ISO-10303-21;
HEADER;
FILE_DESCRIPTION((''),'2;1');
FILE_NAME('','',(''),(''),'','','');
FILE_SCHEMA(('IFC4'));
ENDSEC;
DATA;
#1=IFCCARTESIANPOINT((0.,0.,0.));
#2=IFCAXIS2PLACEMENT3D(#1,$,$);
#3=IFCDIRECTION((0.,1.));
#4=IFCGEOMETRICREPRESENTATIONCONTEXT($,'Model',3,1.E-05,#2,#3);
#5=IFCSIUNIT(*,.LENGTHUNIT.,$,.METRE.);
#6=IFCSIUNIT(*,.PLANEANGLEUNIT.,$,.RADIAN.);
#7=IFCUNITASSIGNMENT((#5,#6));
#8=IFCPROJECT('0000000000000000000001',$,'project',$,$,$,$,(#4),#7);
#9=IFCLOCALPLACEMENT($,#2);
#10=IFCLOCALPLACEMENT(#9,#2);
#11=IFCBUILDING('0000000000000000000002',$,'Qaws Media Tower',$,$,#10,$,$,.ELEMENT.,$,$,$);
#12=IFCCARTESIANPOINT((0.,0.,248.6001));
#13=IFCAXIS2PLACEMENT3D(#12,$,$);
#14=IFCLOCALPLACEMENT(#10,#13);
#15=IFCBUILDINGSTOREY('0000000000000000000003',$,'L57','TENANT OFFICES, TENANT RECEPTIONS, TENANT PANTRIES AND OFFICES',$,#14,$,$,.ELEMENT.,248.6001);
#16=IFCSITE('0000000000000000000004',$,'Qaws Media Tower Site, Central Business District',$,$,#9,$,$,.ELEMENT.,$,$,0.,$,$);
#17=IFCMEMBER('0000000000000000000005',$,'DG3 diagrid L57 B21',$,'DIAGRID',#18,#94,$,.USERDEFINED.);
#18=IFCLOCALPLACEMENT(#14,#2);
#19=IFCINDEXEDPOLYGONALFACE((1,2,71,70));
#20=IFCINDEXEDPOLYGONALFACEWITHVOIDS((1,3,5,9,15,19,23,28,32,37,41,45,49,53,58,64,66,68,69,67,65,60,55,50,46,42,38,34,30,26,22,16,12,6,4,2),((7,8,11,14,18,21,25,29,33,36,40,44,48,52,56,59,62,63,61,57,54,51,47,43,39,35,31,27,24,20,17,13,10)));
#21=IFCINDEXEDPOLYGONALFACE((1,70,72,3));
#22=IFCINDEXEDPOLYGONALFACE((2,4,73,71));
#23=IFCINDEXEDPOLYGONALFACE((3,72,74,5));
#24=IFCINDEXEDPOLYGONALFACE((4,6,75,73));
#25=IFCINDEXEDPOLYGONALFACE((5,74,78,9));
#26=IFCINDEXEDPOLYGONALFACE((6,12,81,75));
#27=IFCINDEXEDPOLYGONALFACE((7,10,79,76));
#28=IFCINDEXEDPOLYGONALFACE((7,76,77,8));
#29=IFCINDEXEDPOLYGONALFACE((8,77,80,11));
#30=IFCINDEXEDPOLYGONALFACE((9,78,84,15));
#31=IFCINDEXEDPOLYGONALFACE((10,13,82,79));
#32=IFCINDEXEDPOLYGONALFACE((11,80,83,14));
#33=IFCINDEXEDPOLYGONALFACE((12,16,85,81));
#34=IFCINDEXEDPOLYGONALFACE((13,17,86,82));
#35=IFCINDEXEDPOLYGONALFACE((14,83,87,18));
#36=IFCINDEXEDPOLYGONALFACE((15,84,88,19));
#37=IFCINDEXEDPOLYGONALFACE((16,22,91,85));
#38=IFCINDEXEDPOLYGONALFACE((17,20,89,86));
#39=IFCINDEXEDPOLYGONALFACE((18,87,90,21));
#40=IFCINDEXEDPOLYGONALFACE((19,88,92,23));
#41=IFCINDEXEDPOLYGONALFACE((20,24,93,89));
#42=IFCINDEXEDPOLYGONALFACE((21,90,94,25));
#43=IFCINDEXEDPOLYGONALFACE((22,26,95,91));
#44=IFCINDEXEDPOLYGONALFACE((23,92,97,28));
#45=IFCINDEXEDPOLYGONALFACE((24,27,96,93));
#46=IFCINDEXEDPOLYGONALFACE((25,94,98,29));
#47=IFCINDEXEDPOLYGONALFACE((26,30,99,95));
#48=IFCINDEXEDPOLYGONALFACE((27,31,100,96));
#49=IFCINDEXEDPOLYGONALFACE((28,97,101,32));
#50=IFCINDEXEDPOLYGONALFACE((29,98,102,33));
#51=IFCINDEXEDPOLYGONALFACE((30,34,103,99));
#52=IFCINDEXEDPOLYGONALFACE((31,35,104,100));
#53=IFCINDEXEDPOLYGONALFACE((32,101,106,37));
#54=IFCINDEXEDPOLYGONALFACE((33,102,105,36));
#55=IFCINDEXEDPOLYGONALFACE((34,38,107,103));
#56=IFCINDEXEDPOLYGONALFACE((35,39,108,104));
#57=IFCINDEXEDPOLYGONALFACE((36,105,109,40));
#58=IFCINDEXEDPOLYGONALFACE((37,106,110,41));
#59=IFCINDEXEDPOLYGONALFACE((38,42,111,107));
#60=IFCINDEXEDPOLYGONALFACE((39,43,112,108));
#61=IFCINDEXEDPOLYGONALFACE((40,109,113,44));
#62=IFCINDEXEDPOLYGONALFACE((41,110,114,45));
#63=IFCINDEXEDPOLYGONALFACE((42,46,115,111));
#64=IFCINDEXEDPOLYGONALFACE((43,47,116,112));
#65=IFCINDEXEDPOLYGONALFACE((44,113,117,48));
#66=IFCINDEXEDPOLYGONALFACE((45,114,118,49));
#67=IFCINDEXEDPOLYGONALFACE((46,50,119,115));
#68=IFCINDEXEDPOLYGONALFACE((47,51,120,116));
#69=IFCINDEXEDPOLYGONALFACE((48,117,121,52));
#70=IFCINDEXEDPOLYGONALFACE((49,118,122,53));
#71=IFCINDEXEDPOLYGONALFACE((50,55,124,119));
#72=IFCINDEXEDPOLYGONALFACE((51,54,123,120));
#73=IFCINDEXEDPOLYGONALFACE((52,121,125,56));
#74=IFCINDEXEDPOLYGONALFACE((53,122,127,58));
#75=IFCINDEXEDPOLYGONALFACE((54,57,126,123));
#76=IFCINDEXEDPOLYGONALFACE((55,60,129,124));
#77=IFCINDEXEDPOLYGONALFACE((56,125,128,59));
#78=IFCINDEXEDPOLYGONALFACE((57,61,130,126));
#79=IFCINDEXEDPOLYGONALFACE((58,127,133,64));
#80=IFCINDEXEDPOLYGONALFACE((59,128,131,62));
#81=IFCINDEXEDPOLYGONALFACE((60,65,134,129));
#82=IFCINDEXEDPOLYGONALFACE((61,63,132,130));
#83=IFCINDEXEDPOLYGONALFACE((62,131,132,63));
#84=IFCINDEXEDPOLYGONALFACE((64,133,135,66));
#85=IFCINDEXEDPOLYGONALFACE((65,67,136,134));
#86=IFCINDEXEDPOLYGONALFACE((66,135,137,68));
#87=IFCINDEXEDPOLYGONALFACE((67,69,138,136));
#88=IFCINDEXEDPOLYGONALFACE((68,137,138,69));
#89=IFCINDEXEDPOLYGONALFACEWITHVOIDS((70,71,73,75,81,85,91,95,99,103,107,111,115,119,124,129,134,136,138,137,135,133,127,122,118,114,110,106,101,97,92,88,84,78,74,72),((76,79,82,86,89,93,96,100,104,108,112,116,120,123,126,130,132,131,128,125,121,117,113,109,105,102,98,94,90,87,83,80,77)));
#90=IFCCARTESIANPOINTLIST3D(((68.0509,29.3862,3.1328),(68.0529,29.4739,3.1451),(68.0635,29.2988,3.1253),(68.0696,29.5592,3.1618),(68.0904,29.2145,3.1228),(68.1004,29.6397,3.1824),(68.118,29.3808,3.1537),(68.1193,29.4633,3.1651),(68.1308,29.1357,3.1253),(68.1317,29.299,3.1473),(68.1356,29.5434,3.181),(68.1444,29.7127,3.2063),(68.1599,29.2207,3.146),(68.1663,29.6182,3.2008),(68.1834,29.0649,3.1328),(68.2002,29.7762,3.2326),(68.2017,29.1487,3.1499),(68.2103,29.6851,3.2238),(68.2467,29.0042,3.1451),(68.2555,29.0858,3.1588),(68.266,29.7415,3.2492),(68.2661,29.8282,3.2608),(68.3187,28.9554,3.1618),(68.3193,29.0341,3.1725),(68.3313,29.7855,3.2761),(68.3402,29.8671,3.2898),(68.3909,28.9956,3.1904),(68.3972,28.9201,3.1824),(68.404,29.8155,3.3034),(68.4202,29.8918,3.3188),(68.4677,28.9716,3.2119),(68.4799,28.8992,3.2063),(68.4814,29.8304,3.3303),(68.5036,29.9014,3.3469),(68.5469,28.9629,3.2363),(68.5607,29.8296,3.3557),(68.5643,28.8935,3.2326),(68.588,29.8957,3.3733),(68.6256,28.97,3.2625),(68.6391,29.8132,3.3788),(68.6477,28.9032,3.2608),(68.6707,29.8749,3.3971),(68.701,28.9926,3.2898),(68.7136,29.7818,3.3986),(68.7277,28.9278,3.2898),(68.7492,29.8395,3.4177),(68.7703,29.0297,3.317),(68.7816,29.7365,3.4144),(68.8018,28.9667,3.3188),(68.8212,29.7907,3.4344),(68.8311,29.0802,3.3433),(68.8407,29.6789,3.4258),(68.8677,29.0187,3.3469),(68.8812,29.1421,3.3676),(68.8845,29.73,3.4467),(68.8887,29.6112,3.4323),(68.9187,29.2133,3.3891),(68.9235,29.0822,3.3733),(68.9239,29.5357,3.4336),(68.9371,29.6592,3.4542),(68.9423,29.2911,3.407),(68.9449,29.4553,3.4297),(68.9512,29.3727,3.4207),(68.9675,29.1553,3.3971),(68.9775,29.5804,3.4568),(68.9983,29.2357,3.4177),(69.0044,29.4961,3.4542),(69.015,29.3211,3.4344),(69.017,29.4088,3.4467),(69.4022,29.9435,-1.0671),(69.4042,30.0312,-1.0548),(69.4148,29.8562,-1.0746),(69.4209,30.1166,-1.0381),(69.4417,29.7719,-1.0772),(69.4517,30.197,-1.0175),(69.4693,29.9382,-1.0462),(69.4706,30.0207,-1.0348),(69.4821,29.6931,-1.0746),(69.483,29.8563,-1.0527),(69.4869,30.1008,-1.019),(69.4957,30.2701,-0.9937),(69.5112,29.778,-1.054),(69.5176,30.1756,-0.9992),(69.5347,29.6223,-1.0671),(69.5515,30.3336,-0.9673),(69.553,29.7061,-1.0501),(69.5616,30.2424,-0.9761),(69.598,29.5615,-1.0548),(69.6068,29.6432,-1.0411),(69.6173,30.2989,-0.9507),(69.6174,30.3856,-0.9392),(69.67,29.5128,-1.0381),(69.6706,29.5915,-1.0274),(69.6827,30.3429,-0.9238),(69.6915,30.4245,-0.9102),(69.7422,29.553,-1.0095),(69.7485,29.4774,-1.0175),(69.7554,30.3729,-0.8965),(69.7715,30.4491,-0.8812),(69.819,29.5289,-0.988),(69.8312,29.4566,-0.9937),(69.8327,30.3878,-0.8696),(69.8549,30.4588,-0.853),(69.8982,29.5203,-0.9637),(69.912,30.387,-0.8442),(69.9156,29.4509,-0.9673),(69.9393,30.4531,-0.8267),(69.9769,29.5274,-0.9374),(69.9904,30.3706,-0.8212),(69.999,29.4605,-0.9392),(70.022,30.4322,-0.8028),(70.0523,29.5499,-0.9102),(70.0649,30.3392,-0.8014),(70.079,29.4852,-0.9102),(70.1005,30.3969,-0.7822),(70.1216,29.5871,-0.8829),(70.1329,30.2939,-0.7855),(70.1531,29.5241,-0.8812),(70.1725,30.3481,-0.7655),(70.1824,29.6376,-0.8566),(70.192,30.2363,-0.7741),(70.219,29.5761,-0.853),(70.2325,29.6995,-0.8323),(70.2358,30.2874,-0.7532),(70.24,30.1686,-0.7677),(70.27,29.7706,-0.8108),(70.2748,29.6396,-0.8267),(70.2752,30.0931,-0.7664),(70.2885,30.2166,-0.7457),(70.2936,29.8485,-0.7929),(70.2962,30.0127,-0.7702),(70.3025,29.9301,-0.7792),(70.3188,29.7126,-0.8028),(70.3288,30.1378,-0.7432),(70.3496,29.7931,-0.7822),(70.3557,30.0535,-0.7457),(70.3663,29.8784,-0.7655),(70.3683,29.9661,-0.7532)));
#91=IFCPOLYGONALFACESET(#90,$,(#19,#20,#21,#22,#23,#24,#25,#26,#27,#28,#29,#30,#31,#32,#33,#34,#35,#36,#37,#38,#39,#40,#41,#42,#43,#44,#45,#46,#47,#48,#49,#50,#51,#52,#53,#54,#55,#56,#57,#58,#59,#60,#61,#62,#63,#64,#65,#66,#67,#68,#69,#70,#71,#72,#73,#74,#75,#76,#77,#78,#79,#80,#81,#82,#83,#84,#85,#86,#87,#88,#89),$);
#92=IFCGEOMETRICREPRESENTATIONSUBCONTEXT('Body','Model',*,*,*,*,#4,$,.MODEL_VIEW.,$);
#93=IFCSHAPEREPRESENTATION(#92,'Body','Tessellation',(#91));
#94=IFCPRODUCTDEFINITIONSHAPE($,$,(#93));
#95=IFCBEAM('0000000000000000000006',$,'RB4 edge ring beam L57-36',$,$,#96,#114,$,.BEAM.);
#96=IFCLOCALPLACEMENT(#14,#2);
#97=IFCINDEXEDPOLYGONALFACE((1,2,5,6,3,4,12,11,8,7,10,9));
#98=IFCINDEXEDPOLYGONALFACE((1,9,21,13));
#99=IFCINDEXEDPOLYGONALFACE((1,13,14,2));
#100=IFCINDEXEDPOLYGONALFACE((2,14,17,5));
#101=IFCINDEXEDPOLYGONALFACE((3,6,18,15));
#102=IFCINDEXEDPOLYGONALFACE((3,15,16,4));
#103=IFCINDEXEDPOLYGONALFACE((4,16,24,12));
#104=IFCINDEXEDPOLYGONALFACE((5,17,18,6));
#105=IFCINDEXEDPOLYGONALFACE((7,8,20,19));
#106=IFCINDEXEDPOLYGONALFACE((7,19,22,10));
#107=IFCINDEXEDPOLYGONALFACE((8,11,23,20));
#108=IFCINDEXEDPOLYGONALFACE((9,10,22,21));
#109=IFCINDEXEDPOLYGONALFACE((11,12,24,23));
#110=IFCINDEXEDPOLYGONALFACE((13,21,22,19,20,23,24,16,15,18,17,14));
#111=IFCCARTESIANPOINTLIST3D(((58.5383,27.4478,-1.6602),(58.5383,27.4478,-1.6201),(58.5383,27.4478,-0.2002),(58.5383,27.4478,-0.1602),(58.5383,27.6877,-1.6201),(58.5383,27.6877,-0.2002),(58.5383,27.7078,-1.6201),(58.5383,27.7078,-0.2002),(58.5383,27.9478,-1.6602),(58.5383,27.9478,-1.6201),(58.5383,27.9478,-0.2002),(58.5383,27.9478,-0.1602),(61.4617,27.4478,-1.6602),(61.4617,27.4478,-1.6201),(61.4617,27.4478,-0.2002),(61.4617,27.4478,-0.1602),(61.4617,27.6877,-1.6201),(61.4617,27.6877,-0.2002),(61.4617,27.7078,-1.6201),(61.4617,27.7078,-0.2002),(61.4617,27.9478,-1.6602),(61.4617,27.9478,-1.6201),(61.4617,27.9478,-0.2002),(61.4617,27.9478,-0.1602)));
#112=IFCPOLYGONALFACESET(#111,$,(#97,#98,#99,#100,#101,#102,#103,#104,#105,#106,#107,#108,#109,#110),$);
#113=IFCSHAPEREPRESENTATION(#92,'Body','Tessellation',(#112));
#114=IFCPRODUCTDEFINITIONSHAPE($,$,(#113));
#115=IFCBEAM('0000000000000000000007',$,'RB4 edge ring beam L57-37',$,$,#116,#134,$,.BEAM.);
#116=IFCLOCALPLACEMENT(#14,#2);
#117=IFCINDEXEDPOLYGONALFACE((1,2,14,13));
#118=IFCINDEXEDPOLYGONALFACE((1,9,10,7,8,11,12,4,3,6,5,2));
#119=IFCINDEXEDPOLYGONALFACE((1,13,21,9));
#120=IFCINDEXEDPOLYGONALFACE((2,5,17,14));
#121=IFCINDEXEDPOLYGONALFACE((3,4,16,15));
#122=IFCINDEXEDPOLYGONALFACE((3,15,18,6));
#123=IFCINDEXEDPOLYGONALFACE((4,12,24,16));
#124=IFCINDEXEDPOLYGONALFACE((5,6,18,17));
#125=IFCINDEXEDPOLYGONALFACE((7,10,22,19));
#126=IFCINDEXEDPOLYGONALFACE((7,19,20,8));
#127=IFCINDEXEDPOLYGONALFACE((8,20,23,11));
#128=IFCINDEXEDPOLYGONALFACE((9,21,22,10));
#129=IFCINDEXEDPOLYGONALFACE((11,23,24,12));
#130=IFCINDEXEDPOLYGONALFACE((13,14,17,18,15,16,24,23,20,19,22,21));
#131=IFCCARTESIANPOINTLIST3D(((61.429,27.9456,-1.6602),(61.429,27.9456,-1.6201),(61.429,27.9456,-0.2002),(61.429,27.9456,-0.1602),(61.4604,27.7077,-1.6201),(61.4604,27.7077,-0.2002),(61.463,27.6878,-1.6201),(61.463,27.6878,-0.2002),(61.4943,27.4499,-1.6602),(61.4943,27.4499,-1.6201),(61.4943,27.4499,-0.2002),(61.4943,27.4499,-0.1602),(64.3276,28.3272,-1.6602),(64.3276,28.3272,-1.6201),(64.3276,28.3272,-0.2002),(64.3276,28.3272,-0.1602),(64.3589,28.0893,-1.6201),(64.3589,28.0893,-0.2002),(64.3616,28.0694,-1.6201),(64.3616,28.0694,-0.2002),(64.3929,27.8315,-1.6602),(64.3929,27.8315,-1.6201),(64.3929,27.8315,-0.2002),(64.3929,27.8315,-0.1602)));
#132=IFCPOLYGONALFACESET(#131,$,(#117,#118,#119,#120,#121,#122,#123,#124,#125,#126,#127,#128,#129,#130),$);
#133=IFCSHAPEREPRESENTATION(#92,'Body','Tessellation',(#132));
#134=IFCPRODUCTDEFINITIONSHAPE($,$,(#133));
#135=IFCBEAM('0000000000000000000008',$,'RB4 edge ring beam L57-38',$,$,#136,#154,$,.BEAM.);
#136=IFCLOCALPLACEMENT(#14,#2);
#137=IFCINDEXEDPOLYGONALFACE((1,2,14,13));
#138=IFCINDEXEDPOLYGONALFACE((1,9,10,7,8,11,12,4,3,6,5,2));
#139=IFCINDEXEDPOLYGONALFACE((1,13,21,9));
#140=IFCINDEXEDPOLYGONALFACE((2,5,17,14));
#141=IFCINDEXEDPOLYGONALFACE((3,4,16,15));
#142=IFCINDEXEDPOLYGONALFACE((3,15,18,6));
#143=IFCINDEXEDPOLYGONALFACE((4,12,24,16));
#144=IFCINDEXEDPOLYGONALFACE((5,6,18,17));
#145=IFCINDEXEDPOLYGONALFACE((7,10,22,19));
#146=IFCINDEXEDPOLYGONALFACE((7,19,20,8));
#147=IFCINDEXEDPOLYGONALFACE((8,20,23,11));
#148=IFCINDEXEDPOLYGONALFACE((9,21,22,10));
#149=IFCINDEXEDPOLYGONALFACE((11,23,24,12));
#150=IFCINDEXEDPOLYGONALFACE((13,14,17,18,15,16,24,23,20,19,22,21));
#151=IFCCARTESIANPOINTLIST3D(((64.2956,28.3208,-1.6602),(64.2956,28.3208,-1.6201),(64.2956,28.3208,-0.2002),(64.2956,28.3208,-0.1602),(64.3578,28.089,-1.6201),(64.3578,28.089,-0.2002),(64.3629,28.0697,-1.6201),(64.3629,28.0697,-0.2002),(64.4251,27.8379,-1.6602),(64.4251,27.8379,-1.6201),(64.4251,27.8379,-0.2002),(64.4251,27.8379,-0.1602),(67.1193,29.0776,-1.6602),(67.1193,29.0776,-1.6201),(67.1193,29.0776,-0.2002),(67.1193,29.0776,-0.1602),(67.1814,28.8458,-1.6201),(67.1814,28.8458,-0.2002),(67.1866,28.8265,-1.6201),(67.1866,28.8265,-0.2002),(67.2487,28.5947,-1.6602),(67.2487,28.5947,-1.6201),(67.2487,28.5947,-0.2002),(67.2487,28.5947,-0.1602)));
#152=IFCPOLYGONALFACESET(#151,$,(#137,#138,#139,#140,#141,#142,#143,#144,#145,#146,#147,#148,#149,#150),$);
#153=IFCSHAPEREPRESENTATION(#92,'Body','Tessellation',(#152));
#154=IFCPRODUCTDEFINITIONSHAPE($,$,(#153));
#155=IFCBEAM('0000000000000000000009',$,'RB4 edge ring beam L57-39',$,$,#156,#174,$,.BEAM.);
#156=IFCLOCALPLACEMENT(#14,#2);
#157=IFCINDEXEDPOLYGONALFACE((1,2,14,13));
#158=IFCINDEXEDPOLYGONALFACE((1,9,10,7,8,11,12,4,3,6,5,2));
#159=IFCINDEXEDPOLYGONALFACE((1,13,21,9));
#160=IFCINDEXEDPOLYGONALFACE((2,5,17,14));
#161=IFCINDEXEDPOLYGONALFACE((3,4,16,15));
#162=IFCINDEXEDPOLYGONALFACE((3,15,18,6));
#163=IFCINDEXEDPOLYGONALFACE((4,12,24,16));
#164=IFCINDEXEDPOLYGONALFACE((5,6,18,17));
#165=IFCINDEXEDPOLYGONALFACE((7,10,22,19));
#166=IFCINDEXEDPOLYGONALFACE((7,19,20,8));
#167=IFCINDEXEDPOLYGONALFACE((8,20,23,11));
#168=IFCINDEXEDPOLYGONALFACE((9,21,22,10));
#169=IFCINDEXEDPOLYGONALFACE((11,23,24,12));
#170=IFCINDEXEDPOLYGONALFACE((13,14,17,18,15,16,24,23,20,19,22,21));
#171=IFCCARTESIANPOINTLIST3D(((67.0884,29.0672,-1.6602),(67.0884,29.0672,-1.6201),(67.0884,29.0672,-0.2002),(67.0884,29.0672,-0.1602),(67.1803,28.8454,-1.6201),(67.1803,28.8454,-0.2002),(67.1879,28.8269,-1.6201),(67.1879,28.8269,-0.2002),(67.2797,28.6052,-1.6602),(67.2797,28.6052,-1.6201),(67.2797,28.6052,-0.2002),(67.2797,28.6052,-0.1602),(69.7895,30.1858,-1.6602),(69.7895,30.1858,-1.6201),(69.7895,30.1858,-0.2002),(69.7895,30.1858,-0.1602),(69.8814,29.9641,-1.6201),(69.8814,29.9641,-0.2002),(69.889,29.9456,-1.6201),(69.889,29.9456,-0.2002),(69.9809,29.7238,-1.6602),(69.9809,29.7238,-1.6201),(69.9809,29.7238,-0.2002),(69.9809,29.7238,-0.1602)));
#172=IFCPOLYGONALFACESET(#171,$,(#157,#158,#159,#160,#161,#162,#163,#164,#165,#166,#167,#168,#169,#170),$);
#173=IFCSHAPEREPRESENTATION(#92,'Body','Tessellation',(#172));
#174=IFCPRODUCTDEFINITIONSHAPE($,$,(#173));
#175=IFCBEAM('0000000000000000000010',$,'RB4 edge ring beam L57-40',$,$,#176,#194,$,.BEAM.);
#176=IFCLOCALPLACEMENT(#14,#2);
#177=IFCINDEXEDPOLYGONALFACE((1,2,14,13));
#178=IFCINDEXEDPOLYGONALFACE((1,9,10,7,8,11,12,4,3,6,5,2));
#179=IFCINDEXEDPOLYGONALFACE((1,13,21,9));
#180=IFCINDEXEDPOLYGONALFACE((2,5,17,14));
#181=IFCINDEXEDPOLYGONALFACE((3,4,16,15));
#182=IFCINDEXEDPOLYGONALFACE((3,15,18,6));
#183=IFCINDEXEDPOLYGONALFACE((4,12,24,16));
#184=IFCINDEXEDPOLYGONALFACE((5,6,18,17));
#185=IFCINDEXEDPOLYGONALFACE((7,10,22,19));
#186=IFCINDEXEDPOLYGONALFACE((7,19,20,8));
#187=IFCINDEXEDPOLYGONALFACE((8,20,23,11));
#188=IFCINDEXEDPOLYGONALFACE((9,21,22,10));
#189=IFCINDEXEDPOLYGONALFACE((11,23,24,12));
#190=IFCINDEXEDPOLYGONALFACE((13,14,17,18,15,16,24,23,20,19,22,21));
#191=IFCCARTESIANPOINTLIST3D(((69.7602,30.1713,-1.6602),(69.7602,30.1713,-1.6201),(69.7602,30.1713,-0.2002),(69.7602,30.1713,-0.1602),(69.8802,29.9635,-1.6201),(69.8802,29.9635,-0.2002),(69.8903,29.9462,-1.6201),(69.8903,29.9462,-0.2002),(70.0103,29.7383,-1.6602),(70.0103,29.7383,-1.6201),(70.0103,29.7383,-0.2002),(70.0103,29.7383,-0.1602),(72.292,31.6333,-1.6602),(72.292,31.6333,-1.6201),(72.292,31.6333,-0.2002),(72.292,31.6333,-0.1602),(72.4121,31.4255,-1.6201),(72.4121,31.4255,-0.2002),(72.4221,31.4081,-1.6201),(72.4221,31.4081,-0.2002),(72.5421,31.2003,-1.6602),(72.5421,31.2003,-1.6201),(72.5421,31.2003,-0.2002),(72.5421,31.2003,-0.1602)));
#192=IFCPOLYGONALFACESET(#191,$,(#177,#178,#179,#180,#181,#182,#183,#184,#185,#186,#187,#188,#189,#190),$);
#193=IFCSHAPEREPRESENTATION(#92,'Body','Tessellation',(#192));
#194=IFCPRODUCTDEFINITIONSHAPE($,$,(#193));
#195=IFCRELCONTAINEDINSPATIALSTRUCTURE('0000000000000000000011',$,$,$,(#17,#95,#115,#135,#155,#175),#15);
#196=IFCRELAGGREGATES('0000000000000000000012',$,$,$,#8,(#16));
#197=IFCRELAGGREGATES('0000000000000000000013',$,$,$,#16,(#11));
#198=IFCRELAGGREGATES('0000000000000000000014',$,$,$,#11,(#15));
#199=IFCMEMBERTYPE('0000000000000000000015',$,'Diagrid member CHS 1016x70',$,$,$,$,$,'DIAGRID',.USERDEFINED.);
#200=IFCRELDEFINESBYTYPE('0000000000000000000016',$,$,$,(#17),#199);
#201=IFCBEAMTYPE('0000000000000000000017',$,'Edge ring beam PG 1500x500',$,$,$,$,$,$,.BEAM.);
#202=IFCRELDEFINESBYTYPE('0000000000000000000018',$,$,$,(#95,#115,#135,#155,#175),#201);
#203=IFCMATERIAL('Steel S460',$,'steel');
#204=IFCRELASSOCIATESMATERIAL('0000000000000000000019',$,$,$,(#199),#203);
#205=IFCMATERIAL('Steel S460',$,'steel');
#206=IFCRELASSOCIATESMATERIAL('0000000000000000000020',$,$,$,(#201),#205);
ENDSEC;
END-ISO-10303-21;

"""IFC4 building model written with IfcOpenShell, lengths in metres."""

from ifc_helpers import new_model, si_unit, direction, frame, origin, origin_2d, place, context, subcontext, project, spatial, hollow_circle, i_section, extrude, material, material_profile, profile_set, type_object, element, save


model = new_model("IFC4")

# Units and contexts
model_context = context("Model", 3, precision=1e-05, world=origin(), true_north=direction((0.0, 1.0)))
body_context = subcontext(model_context, "Body", "Model", "MODEL_VIEW")
ifc_project = project(units=[si_unit("LENGTHUNIT", "METRE"), si_unit("PLANEANGLEUNIT", "RADIAN")], contexts=[model_context])

# Site, building, storey
site_placement = place(None, origin())
site = spatial("IfcSite", under=ifc_project, at=site_placement, Name="Qaws Media Tower Site, Central Business District", CompositionType="ELEMENT", RefElevation=0.0)
building_placement = place(site_placement, origin())
building = spatial("IfcBuilding", under=site, at=building_placement, Name="Qaws Media Tower", CompositionType="ELEMENT")
storey_placement = place(building_placement, frame((0.0, 0.0, 248.6001)))
storey = spatial("IfcBuildingStorey", under=building, at=storey_placement, Name="L57", Description="TENANT OFFICES, TENANT RECEPTIONS, TENANT PANTRIES AND OFFICES", CompositionType="ELEMENT", Elevation=248.6001)

# Member
ifc_material_1 = material(Name="Steel S460", Category="steel")
ifc_material_profile_1 = material_profile(ifc_material_1, hollow_circle(Radius=0.5081, WallThickness=0.0701, at=origin_2d()), Name="CHS 1016x70")
ifc_profile_set_1 = profile_set([ifc_material_profile_1], Name="Steel S460")
member_type_1 = type_object("IfcMemberType", Name="Diagrid member CHS 1016x70", ElementType="DIAGRID", PredefinedType="USERDEFINED", material=ifc_profile_set_1)
for number, where, z_axis, x_axis, name in (
    (1, (69.8853, 29.9548, -0.9102), (-0.303868, -0.125335, 0.944434), (0.381304, -0.92445, 0.0), "DG3 diagrid L57 B21"),
):
    element("IfcMember", number, at=place(storey_placement, frame(where, z_axis=z_axis, x_axis=x_axis)), inside=storey, type_object=member_type_1, Name=name, ObjectType="DIAGRID", PredefinedType="USERDEFINED", context=body_context, shape_type="SweptSolid", body=[
        extrude(hollow_circle(Radius=0.5081, WallThickness=0.0701, at=origin_2d()), origin(), (0.0, 0.0, 1.0), 4.447),
    ])

# Beams
ifc_material_2 = material(Name="Steel S460", Category="steel")
ifc_material_profile_2 = material_profile(ifc_material_2, i_section(OverallWidth=0.5, OverallDepth=1.5, WebThickness=0.02, FlangeThickness=0.04, at=origin_2d()), Name="PG 1500x500")
ifc_profile_set_2 = profile_set([ifc_material_profile_2], Name="Steel S460")
beam_type = type_object("IfcBeamType", Name="Edge ring beam PG 1500x500", PredefinedType="BEAM", material=ifc_profile_set_2)
beam_1_placement = place(storey_placement, frame((58.5383, 27.6978, -0.9102), z_axis=(1.0, 0.0, 0.0), x_axis=(0.0, 1.0, 0.0)))
element("IfcBeam", 2, at=beam_1_placement, inside=storey, type_object=beam_type, Name="RB4 edge ring beam L57-36", PredefinedType="BEAM", context=body_context, shape_type="SweptSolid", body=[
    extrude(i_section(OverallWidth=0.5, OverallDepth=1.5, WebThickness=0.02, FlangeThickness=0.04, at=origin_2d()), origin(), (0.0, 0.0, 1.0), 2.9233),
])
beam_2_placement = place(storey_placement, frame((61.4617, 27.6978, -0.9102), z_axis=(0.991446, 0.130517, 0.0), x_axis=(-0.130517, 0.991446, 0.0)))
element("IfcBeam", 3, at=beam_2_placement, inside=storey, type_object=beam_type, Name="RB4 edge ring beam L57-37", PredefinedType="BEAM", context=body_context, shape_type="SweptSolid", body=[
    extrude(i_section(OverallWidth=0.5, OverallDepth=1.5, WebThickness=0.02, FlangeThickness=0.04, at=origin_2d()), origin(), (0.0, 0.0, 1.0), 2.9236),
])
beam_3_placement = place(storey_placement, frame((64.3604, 28.0793, -0.9102), z_axis=(0.965907, 0.258889, 0.0), x_axis=(-0.258889, 0.965907, 0.0)))
element("IfcBeam", 4, at=beam_3_placement, inside=storey, type_object=beam_type, Name="RB4 edge ring beam L57-38", PredefinedType="BEAM", context=body_context, shape_type="SweptSolid", body=[
    extrude(i_section(OverallWidth=0.5, OverallDepth=1.5, WebThickness=0.02, FlangeThickness=0.04, at=origin_2d()), origin(), (0.0, 0.0, 1.0), 2.9233),
])
for number, where, z_axis, x_axis, name in (
    (5, (67.1841, 28.8362, -0.9102), (0.923905, 0.382622, 0.0), (-0.382622, 0.923905, 0.0), "RB4 edge ring beam L57-39"),
    (6, (69.8853, 29.9548, -0.9102), (0.865994, 0.500055, 0.0), (-0.500055, 0.865994, 0.0), "RB4 edge ring beam L57-40"),
):
    element("IfcBeam", number, at=place(storey_placement, frame(where, z_axis=z_axis, x_axis=x_axis)), inside=storey, type_object=beam_type, Name=name, PredefinedType="BEAM", context=body_context, shape_type="SweptSolid", body=[
        extrude(i_section(OverallWidth=0.5, OverallDepth=1.5, WebThickness=0.02, FlangeThickness=0.04, at=origin_2d()), origin(), (0.0, 0.0, 1.0), 2.9236),
    ])

save(model, "model.ifc")
